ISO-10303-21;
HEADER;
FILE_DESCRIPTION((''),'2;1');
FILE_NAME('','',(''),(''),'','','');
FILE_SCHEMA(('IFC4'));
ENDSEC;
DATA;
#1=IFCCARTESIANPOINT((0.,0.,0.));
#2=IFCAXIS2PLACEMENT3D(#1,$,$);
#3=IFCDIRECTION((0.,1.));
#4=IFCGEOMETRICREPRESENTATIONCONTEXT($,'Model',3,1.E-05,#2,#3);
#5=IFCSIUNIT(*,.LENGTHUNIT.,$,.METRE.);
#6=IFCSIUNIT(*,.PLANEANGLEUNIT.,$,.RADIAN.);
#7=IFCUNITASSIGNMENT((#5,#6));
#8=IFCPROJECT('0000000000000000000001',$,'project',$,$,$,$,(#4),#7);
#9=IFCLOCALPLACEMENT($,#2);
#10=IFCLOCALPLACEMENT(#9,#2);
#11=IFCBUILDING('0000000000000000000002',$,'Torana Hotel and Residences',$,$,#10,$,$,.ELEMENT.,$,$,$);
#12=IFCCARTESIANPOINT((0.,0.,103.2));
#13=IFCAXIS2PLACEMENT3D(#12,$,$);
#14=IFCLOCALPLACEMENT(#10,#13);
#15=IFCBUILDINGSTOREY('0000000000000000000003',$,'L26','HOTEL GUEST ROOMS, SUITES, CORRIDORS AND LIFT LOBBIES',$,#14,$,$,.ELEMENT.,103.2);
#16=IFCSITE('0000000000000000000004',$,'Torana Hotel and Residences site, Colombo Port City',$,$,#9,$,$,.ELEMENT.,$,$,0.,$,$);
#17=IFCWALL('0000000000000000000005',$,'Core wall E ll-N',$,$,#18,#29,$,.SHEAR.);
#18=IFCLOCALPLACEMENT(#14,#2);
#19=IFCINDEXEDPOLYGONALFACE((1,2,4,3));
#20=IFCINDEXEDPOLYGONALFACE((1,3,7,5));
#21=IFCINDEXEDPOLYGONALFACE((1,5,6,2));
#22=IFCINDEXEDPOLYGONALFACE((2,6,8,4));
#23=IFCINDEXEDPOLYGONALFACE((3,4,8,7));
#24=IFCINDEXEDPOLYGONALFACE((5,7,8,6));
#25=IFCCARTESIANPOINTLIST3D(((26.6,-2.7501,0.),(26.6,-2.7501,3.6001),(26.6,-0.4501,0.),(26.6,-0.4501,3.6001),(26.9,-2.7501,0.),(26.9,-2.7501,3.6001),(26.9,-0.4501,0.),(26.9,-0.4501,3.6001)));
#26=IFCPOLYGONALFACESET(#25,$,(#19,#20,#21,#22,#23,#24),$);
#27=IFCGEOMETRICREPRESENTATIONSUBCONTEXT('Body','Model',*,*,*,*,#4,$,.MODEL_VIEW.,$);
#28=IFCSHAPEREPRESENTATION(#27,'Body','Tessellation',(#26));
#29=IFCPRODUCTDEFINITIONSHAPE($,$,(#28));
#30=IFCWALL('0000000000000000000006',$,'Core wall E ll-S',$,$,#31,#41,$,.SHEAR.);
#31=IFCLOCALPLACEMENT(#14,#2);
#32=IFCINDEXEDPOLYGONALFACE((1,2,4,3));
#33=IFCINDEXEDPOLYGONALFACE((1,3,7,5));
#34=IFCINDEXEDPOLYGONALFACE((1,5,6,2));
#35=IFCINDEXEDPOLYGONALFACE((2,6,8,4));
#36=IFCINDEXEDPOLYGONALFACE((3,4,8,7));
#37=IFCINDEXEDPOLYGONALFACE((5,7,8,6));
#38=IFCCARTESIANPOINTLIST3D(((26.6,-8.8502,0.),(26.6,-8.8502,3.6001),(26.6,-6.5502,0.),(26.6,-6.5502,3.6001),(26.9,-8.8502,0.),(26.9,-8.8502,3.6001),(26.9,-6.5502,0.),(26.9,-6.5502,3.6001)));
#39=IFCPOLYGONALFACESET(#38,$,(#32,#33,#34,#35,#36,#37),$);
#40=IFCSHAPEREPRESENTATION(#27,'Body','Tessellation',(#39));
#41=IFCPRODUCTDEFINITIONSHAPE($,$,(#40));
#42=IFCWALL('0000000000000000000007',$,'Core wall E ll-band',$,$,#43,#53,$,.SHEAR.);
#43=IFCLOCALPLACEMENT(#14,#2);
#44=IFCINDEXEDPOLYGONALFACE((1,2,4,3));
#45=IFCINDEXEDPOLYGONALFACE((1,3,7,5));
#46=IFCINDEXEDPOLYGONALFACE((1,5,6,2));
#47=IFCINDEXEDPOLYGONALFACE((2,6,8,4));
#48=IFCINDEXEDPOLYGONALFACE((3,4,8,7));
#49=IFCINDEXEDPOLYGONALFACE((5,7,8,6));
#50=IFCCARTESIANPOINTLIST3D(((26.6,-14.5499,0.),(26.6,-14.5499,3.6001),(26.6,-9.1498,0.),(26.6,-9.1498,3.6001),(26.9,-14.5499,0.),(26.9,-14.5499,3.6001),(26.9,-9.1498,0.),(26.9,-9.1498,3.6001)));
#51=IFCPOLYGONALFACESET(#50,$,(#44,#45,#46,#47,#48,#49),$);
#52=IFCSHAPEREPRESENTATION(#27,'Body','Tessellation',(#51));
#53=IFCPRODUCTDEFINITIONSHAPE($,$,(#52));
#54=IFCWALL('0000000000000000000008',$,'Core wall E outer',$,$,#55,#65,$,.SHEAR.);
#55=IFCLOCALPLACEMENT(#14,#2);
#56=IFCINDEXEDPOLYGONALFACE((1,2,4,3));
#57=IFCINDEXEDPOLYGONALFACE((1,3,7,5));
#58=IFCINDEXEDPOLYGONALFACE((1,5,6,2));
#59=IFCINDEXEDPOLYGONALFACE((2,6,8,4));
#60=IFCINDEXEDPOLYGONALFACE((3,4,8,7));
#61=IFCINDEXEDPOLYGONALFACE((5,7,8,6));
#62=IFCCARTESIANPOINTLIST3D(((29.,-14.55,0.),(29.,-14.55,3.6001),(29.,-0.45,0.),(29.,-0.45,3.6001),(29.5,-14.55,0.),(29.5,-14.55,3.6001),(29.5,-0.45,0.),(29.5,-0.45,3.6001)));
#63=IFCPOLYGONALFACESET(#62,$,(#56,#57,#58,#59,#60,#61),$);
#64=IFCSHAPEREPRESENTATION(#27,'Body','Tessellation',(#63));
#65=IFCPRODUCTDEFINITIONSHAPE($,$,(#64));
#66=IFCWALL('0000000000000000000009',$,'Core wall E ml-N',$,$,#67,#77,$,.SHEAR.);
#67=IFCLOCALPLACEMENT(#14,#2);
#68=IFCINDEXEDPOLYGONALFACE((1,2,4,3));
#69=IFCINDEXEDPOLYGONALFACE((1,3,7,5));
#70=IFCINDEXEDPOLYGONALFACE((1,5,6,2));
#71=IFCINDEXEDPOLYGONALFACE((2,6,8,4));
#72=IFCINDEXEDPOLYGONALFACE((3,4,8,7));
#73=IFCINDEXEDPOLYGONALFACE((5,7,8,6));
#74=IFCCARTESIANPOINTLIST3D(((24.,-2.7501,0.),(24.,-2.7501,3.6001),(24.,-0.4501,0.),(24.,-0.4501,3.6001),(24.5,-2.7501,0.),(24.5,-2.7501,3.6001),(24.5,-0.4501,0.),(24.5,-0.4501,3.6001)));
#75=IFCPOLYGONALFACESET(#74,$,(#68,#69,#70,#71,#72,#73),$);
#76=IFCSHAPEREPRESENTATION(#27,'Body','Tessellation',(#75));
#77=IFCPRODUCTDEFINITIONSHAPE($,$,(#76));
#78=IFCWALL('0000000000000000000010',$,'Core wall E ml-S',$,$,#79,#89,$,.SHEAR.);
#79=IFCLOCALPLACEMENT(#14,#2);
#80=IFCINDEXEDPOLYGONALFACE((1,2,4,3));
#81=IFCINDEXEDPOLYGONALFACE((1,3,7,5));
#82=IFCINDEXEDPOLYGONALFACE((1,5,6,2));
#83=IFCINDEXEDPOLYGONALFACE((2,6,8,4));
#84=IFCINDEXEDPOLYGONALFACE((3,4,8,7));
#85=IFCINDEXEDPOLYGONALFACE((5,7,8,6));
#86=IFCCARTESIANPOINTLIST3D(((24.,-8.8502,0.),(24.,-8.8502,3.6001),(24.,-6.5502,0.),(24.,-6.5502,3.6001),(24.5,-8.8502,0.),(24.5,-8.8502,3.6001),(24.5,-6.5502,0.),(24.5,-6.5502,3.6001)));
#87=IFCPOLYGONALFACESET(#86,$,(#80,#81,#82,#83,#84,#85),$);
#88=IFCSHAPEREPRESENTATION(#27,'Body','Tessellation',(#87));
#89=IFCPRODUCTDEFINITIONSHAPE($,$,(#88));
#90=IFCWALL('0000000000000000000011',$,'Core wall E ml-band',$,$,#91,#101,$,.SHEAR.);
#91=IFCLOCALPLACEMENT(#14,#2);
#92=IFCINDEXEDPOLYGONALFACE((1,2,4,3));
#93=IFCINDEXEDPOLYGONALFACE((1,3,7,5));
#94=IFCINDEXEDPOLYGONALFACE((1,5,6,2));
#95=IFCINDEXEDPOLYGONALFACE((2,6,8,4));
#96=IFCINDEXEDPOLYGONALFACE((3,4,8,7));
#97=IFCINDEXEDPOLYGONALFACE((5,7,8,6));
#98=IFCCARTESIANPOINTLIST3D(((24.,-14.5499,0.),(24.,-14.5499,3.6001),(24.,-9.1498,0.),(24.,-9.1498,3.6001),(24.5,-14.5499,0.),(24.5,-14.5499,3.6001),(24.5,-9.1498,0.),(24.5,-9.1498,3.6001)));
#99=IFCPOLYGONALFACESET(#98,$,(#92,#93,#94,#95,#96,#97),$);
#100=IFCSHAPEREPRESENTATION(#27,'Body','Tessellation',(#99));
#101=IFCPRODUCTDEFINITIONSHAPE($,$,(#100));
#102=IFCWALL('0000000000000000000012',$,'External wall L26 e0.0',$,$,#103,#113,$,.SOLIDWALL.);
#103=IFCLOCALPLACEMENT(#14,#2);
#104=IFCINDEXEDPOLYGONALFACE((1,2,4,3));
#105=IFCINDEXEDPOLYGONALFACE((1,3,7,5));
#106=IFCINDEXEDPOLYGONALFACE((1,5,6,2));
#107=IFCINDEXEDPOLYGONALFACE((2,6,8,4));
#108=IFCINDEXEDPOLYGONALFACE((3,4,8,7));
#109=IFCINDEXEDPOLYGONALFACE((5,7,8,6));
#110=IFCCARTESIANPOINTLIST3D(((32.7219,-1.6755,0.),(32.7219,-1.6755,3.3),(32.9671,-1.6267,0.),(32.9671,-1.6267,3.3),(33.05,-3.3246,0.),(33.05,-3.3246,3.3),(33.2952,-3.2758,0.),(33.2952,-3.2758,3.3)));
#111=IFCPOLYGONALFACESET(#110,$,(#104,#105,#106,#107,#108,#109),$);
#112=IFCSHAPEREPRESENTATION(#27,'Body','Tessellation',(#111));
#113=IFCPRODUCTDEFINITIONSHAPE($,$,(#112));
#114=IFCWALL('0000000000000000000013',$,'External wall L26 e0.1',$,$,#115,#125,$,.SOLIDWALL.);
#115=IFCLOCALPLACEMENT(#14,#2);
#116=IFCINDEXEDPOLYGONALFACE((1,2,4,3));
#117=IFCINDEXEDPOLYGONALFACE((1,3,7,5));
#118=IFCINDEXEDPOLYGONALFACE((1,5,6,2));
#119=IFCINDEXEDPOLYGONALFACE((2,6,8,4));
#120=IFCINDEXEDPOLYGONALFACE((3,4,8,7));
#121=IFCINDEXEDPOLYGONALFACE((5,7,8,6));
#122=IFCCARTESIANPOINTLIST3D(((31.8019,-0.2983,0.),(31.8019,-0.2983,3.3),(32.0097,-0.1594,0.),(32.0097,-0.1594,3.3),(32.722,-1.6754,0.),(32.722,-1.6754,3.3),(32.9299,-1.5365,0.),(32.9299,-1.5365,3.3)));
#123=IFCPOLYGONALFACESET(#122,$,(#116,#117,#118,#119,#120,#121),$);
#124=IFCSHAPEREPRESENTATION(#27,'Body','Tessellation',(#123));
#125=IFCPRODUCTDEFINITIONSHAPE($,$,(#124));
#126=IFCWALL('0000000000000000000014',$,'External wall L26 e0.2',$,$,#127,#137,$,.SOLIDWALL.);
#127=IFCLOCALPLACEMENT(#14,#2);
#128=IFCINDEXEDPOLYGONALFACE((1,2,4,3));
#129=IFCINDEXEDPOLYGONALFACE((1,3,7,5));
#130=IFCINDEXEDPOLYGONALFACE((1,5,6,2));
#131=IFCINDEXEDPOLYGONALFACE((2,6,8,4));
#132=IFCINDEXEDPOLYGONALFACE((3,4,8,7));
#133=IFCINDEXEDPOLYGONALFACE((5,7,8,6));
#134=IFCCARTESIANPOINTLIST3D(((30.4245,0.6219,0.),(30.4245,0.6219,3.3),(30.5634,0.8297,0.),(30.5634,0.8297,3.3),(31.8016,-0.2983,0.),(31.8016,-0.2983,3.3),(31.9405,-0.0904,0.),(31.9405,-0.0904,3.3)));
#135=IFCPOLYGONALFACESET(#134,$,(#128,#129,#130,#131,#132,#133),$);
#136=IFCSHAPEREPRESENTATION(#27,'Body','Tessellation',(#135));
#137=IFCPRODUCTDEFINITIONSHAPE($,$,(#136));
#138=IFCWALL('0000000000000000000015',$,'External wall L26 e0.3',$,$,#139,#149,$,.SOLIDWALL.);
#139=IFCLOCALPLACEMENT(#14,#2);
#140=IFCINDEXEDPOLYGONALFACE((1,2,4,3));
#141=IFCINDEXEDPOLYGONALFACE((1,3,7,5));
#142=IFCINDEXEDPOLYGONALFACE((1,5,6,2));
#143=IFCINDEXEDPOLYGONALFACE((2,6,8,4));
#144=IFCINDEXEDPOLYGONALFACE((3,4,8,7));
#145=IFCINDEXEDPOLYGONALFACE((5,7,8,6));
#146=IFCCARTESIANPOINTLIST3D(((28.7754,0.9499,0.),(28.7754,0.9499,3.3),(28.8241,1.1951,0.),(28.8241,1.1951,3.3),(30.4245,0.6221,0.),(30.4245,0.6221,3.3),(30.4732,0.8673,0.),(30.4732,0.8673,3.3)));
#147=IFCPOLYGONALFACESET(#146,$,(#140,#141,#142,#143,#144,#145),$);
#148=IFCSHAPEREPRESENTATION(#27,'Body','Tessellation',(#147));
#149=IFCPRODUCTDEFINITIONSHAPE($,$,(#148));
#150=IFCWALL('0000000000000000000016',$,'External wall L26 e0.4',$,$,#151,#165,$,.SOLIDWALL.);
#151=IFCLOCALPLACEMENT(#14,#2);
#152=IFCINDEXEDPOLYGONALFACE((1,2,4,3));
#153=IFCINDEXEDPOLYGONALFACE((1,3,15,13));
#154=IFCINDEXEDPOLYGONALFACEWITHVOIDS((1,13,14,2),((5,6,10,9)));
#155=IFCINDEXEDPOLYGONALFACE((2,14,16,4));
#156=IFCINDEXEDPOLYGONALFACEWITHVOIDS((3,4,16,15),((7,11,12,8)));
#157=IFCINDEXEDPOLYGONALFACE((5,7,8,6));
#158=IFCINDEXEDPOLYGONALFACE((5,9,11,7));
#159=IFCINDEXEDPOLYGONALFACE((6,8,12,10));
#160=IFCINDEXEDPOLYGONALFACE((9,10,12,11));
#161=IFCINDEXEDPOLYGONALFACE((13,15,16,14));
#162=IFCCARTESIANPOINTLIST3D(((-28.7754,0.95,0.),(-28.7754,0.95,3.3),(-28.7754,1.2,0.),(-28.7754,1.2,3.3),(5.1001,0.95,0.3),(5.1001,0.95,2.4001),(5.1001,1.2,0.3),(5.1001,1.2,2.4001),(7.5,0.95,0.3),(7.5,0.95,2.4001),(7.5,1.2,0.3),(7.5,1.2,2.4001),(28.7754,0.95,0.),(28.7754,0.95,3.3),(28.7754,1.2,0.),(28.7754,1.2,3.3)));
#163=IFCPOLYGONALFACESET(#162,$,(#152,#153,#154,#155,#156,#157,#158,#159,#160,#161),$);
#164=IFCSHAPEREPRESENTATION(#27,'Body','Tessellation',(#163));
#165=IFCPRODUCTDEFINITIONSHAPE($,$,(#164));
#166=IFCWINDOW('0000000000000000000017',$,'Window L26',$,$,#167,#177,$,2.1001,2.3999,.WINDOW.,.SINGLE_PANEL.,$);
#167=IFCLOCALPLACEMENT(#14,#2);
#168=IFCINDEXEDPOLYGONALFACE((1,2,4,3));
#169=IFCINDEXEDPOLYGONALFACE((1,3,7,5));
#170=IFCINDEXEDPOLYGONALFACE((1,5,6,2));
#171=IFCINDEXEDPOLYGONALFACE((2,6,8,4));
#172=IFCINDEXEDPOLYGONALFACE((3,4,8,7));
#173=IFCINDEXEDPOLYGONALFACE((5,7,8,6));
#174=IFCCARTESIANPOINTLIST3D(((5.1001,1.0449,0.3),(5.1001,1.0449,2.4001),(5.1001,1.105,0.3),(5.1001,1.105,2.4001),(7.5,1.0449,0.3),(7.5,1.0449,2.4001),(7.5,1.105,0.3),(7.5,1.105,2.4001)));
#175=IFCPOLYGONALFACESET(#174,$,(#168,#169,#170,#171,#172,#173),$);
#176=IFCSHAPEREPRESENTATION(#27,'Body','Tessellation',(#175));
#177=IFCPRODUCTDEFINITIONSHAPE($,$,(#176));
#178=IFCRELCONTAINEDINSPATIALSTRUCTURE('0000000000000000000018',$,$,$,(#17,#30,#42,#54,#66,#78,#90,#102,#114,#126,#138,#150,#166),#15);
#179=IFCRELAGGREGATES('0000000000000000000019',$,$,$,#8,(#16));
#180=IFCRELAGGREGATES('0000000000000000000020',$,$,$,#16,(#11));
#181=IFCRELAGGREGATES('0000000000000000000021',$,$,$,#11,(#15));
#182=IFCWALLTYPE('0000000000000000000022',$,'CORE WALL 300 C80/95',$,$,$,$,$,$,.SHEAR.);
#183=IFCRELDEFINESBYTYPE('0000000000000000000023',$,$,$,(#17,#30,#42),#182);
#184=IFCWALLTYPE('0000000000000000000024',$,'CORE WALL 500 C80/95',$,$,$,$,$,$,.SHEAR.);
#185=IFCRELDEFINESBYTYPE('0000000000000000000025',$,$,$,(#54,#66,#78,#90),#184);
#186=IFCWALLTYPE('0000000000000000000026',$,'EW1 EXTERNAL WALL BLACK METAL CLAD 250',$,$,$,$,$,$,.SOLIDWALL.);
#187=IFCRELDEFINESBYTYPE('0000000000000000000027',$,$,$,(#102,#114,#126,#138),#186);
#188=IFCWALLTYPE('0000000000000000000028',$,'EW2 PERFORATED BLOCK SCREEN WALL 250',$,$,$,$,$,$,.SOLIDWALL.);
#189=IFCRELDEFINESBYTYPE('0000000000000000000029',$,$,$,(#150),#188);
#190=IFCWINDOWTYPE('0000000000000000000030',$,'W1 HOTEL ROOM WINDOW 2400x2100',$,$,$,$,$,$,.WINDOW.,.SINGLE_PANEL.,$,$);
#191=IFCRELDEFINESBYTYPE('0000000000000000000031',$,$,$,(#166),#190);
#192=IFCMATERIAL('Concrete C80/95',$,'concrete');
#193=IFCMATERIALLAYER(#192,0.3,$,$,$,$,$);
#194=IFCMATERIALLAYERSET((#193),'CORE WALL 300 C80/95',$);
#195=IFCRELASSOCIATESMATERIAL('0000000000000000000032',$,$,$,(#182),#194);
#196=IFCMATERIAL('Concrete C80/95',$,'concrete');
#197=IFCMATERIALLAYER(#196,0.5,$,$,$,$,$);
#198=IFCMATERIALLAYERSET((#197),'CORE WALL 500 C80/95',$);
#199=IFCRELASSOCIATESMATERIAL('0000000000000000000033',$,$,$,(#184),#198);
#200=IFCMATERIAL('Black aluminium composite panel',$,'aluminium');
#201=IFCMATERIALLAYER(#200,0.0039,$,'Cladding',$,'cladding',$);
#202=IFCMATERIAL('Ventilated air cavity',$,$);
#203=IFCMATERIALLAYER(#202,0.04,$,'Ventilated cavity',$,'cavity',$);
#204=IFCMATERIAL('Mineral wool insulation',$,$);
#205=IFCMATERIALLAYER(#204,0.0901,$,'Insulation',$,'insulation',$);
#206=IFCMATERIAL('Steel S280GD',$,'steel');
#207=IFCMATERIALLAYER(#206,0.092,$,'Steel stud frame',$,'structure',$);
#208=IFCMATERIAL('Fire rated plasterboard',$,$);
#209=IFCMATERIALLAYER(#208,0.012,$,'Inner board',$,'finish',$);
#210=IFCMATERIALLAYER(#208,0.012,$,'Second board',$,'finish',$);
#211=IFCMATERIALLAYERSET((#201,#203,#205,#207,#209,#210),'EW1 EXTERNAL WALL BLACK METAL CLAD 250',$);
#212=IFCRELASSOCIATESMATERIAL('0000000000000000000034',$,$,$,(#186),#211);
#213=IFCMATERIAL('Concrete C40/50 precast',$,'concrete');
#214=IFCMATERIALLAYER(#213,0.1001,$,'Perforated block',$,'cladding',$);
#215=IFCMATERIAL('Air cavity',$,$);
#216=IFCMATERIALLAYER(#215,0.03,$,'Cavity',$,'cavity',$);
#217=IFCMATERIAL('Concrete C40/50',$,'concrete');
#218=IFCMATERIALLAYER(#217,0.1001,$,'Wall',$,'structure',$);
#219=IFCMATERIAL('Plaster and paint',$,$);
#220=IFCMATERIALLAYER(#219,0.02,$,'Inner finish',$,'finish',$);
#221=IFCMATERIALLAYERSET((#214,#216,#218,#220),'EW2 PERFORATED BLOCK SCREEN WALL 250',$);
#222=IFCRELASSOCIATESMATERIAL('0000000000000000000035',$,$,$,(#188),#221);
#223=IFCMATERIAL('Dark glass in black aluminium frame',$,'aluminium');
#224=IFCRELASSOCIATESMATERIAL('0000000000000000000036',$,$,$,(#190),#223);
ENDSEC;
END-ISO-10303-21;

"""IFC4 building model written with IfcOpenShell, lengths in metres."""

from ifc_helpers import new_model, si_unit, direction, frame, frame_2d, origin, place, context, subcontext, project, spatial, rectangle, extrude, material, layer, layer_set, type_object, element, fill, save


model = new_model("IFC4")

# Units and contexts
model_context = context("Model", 3, precision=1e-05, world=origin(), true_north=direction((0.0, 1.0)))
body_context = subcontext(model_context, "Body", "Model", "MODEL_VIEW")
ifc_project = project(units=[si_unit("LENGTHUNIT", "METRE"), si_unit("PLANEANGLEUNIT", "RADIAN")], contexts=[model_context])

# Site, building, storey
site_placement = place(None, origin())
site = spatial("IfcSite", under=ifc_project, at=site_placement, Name="Torana Hotel and Residences site, Colombo Port City", CompositionType="ELEMENT", RefElevation=0.0)
building_placement = place(site_placement, origin())
building = spatial("IfcBuilding", under=site, at=building_placement, Name="Torana Hotel and Residences", CompositionType="ELEMENT")
storey_placement = place(building_placement, frame((0.0, 0.0, 103.2)))
storey = spatial("IfcBuildingStorey", under=building, at=storey_placement, Name="L26", Description="HOTEL GUEST ROOMS, SUITES, CORRIDORS AND LIFT LOBBIES", CompositionType="ELEMENT", Elevation=103.2)

# Walls
ifc_material_1 = material(Name="Concrete C80/95", Category="concrete")
ifc_layer_1 = layer(ifc_material_1, 0.3)
ifc_layer_set_1 = layer_set([ifc_layer_1], Name="CORE WALL 300 C80/95")
wall_type_1 = type_object("IfcWallType", Name="CORE WALL 300 C80/95", PredefinedType="SHEAR", material=ifc_layer_set_1)
for number, where, z_axis, x_axis, name in (
    (1, (26.75, -2.75, 0.0), (0.0, 0.0, 1.0), (0.0, 1.0, 0.0), "Core wall E ll-N"),
    (2, (26.75, -8.8501, 0.0), (0.0, 0.0, 1.0), (0.0, 1.0, 0.0), "Core wall E ll-S"),
):
    element("IfcWall", number, at=place(storey_placement, frame(where, z_axis=z_axis, x_axis=x_axis)), inside=storey, type_object=wall_type_1, Name=name, PredefinedType="SHEAR", context=body_context, shape_type="SweptSolid", body=[
        extrude(rectangle(XDim=2.3, YDim=0.3, at=frame_2d((1.1499, 0.0))), origin(), (0.0, 0.0, 1.0), 3.6001),
    ])
wall_1_placement = place(storey_placement, frame((26.75, -14.55, 0.0), z_axis=(0.0, 0.0, 1.0), x_axis=(0.0, 1.0, 0.0)))
element("IfcWall", 3, at=wall_1_placement, inside=storey, type_object=wall_type_1, Name="Core wall E ll-band", PredefinedType="SHEAR", context=body_context, shape_type="SweptSolid", body=[
    extrude(rectangle(XDim=5.4001, YDim=0.3, at=frame_2d((2.7002, 0.0))), origin(), (0.0, 0.0, 1.0), 3.6001),
])
ifc_material_2 = material(Name="Concrete C80/95", Category="concrete")
ifc_layer_2 = layer(ifc_material_2, 0.5)
ifc_layer_set_2 = layer_set([ifc_layer_2], Name="CORE WALL 500 C80/95")
wall_type_2 = type_object("IfcWallType", Name="CORE WALL 500 C80/95", PredefinedType="SHEAR", material=ifc_layer_set_2)
wall_2_placement = place(storey_placement, frame((29.25, -14.55, 0.0), z_axis=(0.0, 0.0, 1.0), x_axis=(0.0, 1.0, 0.0)))
element("IfcWall", 4, at=wall_2_placement, inside=storey, type_object=wall_type_2, Name="Core wall E outer", PredefinedType="SHEAR", context=body_context, shape_type="SweptSolid", body=[
    extrude(rectangle(XDim=14.1001, YDim=0.5, at=frame_2d((7.05, 0.0))), origin(), (0.0, 0.0, 1.0), 3.6001),
])
for number, where, z_axis, x_axis, name in (
    (5, (24.25, -2.75, 0.0), (0.0, 0.0, 1.0), (0.0, 1.0, 0.0), "Core wall E ml-N"),
    (6, (24.25, -8.8501, 0.0), (0.0, 0.0, 1.0), (0.0, 1.0, 0.0), "Core wall E ml-S"),
):
    element("IfcWall", number, at=place(storey_placement, frame(where, z_axis=z_axis, x_axis=x_axis)), inside=storey, type_object=wall_type_2, Name=name, PredefinedType="SHEAR", context=body_context, shape_type="SweptSolid", body=[
        extrude(rectangle(XDim=2.3, YDim=0.5, at=frame_2d((1.1499, 0.0))), origin(), (0.0, 0.0, 1.0), 3.6001),
    ])
wall_3_placement = place(storey_placement, frame((24.25, -14.55, 0.0), z_axis=(0.0, 0.0, 1.0), x_axis=(0.0, 1.0, 0.0)))
element("IfcWall", 7, at=wall_3_placement, inside=storey, type_object=wall_type_2, Name="Core wall E ml-band", PredefinedType="SHEAR", context=body_context, shape_type="SweptSolid", body=[
    extrude(rectangle(XDim=5.4001, YDim=0.5, at=frame_2d((2.7002, 0.0))), origin(), (0.0, 0.0, 1.0), 3.6001),
])
ifc_material_3 = material(Name="Black aluminium composite panel", Category="aluminium")
ifc_layer_3 = layer(ifc_material_3, 0.0039, Name="Cladding", Category="cladding")
ifc_material_4 = material(Name="Ventilated air cavity")
ifc_layer_4 = layer(ifc_material_4, 0.04, Name="Ventilated cavity", Category="cavity")
ifc_material_5 = material(Name="Mineral wool insulation")
ifc_layer_5 = layer(ifc_material_5, 0.0901, Name="Insulation", Category="insulation")
ifc_material_6 = material(Name="Steel S280GD", Category="steel")
ifc_layer_6 = layer(ifc_material_6, 0.092, Name="Steel stud frame", Category="structure")
ifc_material_7 = material(Name="Fire rated plasterboard")
ifc_layer_7 = layer(ifc_material_7, 0.012, Name="Inner board", Category="finish")
ifc_layer_8 = layer(ifc_material_7, 0.012, Name="Second board", Category="finish")
ifc_layer_set_3 = layer_set([ifc_layer_3, ifc_layer_4, ifc_layer_5, ifc_layer_6, ifc_layer_7, ifc_layer_8], Name="EW1 EXTERNAL WALL BLACK METAL CLAD 250")
wall_type_3 = type_object("IfcWallType", Name="EW1 EXTERNAL WALL BLACK METAL CLAD 250", PredefinedType="SOLIDWALL", material=ifc_layer_set_3)
wall_4_placement = place(storey_placement, frame((33.1726, -3.3003, 0.0), z_axis=(0.0, 0.0, 1.0), x_axis=(-0.195139, 0.980776, 0.0)))
element("IfcWall", 8, at=wall_4_placement, inside=storey, type_object=wall_type_3, Name="External wall L26 e0.0", PredefinedType="SOLIDWALL", context=body_context, shape_type="SweptSolid", body=[
    extrude(rectangle(XDim=1.6814, YDim=0.25, at=frame_2d((0.8408, 0.0))), origin(), (0.0, 0.0, 1.0), 3.3),
])
for number, where, z_axis, x_axis, name in (
    (9, (32.8259, -1.606, 0.0), (0.0, 0.0, 1.0), (-0.55555, 0.831483, 0.0), "External wall L26 e0.1"),
    (10, (31.8711, -0.1943, 0.0), (0.0, 0.0, 1.0), (-0.831483, 0.55555, 0.0), "External wall L26 e0.2"),
):
    element("IfcWall", number, at=place(storey_placement, frame(where, z_axis=z_axis, x_axis=x_axis)), inside=storey, type_object=wall_type_3, Name=name, PredefinedType="SOLIDWALL", context=body_context, shape_type="SweptSolid", body=[
        extrude(rectangle(XDim=1.6562, YDim=0.25, at=frame_2d((0.8281, 0.0))), origin(), (0.0, 0.0, 1.0), 3.3),
    ])
wall_5_placement = place(storey_placement, frame((30.449, 0.7446, 0.0), z_axis=(0.0, 0.0, 1.0), x_axis=(-0.980803, 0.194999, 0.0)))
element("IfcWall", 11, at=wall_5_placement, inside=storey, type_object=wall_type_3, Name="External wall L26 e0.3", PredefinedType="SOLIDWALL", context=body_context, shape_type="SweptSolid", body=[
    extrude(rectangle(XDim=1.6814, YDim=0.25, at=frame_2d((0.8408, 0.0))), origin(), (0.0, 0.0, 1.0), 3.3),
])

# Wall, opening, window
ifc_material_8 = material(Name="Concrete C40/50 precast", Category="concrete")
ifc_layer_9 = layer(ifc_material_8, 0.1001, Name="Perforated block", Category="cladding")
ifc_material_9 = material(Name="Air cavity")
ifc_layer_10 = layer(ifc_material_9, 0.03, Name="Cavity", Category="cavity")
ifc_material_10 = material(Name="Concrete C40/50", Category="concrete")
ifc_layer_11 = layer(ifc_material_10, 0.1001, Name="Wall", Category="structure")
ifc_material_11 = material(Name="Plaster and paint")
ifc_layer_12 = layer(ifc_material_11, 0.02, Name="Inner finish", Category="finish")
ifc_layer_set_4 = layer_set([ifc_layer_9, ifc_layer_10, ifc_layer_11, ifc_layer_12], Name="EW2 PERFORATED BLOCK SCREEN WALL 250")
wall_type_4 = type_object("IfcWallType", Name="EW2 PERFORATED BLOCK SCREEN WALL 250", PredefinedType="SOLIDWALL", material=ifc_layer_set_4)
wall_6_placement = place(storey_placement, frame((28.7754, 1.075, 0.0), z_axis=(0.0, 0.0, 1.0), x_axis=(-1.0, 0.0, 0.0)))
wall_6 = element("IfcWall", 12, at=wall_6_placement, inside=storey, type_object=wall_type_4, Name="External wall L26 e0.4", PredefinedType="SOLIDWALL", context=body_context, shape_type="SweptSolid", body=[
    extrude(rectangle(XDim=57.5508, YDim=0.25, at=frame_2d((28.7754, 0.0))), origin(), (0.0, 0.0, 1.0), 3.3),
])
opening_1_placement = place(wall_6_placement, frame((21.2754, 0.0, 0.3)))
opening_1 = element("IfcOpeningElement", 13, at=opening_1_placement, cuts=wall_6, PredefinedType="OPENING", context=body_context, shape_type="SweptSolid", body=[
    extrude(rectangle(XDim=2.3999, YDim=2.1001, at=frame_2d((1.2, 1.05))), frame((0.0, 0.135, 0.0), z_axis=(0.0, -1.0, 0.0), x_axis=(1.0, 0.0, 0.0)), (0.0, 0.0, 1.0), 0.27),
])
ifc_material_12 = material(Name="Dark glass in black aluminium frame", Category="aluminium")
window_type = type_object("IfcWindowType", Name="W1 HOTEL ROOM WINDOW 2400x2100", PartitioningType="SINGLE_PANEL", PredefinedType="WINDOW", material=ifc_material_12)
window_placement = place(opening_1_placement, origin())
window = element("IfcWindow", 14, at=window_placement, inside=storey, type_object=window_type, Name="Window L26", OverallHeight=2.1001, OverallWidth=2.3999, PartitioningType="SINGLE_PANEL", PredefinedType="WINDOW", context=body_context, shape_type="SweptSolid", body=[
    extrude(rectangle(XDim=2.3999, YDim=2.1001, at=frame_2d((1.2, 1.05))), frame((0.0, 0.03, 0.0), z_axis=(0.0, -1.0, 0.0), x_axis=(1.0, 0.0, 0.0)), (0.0, 0.0, 1.0), 0.0601),
])
fill(opening_1, window)

save(model, "model.ifc")
